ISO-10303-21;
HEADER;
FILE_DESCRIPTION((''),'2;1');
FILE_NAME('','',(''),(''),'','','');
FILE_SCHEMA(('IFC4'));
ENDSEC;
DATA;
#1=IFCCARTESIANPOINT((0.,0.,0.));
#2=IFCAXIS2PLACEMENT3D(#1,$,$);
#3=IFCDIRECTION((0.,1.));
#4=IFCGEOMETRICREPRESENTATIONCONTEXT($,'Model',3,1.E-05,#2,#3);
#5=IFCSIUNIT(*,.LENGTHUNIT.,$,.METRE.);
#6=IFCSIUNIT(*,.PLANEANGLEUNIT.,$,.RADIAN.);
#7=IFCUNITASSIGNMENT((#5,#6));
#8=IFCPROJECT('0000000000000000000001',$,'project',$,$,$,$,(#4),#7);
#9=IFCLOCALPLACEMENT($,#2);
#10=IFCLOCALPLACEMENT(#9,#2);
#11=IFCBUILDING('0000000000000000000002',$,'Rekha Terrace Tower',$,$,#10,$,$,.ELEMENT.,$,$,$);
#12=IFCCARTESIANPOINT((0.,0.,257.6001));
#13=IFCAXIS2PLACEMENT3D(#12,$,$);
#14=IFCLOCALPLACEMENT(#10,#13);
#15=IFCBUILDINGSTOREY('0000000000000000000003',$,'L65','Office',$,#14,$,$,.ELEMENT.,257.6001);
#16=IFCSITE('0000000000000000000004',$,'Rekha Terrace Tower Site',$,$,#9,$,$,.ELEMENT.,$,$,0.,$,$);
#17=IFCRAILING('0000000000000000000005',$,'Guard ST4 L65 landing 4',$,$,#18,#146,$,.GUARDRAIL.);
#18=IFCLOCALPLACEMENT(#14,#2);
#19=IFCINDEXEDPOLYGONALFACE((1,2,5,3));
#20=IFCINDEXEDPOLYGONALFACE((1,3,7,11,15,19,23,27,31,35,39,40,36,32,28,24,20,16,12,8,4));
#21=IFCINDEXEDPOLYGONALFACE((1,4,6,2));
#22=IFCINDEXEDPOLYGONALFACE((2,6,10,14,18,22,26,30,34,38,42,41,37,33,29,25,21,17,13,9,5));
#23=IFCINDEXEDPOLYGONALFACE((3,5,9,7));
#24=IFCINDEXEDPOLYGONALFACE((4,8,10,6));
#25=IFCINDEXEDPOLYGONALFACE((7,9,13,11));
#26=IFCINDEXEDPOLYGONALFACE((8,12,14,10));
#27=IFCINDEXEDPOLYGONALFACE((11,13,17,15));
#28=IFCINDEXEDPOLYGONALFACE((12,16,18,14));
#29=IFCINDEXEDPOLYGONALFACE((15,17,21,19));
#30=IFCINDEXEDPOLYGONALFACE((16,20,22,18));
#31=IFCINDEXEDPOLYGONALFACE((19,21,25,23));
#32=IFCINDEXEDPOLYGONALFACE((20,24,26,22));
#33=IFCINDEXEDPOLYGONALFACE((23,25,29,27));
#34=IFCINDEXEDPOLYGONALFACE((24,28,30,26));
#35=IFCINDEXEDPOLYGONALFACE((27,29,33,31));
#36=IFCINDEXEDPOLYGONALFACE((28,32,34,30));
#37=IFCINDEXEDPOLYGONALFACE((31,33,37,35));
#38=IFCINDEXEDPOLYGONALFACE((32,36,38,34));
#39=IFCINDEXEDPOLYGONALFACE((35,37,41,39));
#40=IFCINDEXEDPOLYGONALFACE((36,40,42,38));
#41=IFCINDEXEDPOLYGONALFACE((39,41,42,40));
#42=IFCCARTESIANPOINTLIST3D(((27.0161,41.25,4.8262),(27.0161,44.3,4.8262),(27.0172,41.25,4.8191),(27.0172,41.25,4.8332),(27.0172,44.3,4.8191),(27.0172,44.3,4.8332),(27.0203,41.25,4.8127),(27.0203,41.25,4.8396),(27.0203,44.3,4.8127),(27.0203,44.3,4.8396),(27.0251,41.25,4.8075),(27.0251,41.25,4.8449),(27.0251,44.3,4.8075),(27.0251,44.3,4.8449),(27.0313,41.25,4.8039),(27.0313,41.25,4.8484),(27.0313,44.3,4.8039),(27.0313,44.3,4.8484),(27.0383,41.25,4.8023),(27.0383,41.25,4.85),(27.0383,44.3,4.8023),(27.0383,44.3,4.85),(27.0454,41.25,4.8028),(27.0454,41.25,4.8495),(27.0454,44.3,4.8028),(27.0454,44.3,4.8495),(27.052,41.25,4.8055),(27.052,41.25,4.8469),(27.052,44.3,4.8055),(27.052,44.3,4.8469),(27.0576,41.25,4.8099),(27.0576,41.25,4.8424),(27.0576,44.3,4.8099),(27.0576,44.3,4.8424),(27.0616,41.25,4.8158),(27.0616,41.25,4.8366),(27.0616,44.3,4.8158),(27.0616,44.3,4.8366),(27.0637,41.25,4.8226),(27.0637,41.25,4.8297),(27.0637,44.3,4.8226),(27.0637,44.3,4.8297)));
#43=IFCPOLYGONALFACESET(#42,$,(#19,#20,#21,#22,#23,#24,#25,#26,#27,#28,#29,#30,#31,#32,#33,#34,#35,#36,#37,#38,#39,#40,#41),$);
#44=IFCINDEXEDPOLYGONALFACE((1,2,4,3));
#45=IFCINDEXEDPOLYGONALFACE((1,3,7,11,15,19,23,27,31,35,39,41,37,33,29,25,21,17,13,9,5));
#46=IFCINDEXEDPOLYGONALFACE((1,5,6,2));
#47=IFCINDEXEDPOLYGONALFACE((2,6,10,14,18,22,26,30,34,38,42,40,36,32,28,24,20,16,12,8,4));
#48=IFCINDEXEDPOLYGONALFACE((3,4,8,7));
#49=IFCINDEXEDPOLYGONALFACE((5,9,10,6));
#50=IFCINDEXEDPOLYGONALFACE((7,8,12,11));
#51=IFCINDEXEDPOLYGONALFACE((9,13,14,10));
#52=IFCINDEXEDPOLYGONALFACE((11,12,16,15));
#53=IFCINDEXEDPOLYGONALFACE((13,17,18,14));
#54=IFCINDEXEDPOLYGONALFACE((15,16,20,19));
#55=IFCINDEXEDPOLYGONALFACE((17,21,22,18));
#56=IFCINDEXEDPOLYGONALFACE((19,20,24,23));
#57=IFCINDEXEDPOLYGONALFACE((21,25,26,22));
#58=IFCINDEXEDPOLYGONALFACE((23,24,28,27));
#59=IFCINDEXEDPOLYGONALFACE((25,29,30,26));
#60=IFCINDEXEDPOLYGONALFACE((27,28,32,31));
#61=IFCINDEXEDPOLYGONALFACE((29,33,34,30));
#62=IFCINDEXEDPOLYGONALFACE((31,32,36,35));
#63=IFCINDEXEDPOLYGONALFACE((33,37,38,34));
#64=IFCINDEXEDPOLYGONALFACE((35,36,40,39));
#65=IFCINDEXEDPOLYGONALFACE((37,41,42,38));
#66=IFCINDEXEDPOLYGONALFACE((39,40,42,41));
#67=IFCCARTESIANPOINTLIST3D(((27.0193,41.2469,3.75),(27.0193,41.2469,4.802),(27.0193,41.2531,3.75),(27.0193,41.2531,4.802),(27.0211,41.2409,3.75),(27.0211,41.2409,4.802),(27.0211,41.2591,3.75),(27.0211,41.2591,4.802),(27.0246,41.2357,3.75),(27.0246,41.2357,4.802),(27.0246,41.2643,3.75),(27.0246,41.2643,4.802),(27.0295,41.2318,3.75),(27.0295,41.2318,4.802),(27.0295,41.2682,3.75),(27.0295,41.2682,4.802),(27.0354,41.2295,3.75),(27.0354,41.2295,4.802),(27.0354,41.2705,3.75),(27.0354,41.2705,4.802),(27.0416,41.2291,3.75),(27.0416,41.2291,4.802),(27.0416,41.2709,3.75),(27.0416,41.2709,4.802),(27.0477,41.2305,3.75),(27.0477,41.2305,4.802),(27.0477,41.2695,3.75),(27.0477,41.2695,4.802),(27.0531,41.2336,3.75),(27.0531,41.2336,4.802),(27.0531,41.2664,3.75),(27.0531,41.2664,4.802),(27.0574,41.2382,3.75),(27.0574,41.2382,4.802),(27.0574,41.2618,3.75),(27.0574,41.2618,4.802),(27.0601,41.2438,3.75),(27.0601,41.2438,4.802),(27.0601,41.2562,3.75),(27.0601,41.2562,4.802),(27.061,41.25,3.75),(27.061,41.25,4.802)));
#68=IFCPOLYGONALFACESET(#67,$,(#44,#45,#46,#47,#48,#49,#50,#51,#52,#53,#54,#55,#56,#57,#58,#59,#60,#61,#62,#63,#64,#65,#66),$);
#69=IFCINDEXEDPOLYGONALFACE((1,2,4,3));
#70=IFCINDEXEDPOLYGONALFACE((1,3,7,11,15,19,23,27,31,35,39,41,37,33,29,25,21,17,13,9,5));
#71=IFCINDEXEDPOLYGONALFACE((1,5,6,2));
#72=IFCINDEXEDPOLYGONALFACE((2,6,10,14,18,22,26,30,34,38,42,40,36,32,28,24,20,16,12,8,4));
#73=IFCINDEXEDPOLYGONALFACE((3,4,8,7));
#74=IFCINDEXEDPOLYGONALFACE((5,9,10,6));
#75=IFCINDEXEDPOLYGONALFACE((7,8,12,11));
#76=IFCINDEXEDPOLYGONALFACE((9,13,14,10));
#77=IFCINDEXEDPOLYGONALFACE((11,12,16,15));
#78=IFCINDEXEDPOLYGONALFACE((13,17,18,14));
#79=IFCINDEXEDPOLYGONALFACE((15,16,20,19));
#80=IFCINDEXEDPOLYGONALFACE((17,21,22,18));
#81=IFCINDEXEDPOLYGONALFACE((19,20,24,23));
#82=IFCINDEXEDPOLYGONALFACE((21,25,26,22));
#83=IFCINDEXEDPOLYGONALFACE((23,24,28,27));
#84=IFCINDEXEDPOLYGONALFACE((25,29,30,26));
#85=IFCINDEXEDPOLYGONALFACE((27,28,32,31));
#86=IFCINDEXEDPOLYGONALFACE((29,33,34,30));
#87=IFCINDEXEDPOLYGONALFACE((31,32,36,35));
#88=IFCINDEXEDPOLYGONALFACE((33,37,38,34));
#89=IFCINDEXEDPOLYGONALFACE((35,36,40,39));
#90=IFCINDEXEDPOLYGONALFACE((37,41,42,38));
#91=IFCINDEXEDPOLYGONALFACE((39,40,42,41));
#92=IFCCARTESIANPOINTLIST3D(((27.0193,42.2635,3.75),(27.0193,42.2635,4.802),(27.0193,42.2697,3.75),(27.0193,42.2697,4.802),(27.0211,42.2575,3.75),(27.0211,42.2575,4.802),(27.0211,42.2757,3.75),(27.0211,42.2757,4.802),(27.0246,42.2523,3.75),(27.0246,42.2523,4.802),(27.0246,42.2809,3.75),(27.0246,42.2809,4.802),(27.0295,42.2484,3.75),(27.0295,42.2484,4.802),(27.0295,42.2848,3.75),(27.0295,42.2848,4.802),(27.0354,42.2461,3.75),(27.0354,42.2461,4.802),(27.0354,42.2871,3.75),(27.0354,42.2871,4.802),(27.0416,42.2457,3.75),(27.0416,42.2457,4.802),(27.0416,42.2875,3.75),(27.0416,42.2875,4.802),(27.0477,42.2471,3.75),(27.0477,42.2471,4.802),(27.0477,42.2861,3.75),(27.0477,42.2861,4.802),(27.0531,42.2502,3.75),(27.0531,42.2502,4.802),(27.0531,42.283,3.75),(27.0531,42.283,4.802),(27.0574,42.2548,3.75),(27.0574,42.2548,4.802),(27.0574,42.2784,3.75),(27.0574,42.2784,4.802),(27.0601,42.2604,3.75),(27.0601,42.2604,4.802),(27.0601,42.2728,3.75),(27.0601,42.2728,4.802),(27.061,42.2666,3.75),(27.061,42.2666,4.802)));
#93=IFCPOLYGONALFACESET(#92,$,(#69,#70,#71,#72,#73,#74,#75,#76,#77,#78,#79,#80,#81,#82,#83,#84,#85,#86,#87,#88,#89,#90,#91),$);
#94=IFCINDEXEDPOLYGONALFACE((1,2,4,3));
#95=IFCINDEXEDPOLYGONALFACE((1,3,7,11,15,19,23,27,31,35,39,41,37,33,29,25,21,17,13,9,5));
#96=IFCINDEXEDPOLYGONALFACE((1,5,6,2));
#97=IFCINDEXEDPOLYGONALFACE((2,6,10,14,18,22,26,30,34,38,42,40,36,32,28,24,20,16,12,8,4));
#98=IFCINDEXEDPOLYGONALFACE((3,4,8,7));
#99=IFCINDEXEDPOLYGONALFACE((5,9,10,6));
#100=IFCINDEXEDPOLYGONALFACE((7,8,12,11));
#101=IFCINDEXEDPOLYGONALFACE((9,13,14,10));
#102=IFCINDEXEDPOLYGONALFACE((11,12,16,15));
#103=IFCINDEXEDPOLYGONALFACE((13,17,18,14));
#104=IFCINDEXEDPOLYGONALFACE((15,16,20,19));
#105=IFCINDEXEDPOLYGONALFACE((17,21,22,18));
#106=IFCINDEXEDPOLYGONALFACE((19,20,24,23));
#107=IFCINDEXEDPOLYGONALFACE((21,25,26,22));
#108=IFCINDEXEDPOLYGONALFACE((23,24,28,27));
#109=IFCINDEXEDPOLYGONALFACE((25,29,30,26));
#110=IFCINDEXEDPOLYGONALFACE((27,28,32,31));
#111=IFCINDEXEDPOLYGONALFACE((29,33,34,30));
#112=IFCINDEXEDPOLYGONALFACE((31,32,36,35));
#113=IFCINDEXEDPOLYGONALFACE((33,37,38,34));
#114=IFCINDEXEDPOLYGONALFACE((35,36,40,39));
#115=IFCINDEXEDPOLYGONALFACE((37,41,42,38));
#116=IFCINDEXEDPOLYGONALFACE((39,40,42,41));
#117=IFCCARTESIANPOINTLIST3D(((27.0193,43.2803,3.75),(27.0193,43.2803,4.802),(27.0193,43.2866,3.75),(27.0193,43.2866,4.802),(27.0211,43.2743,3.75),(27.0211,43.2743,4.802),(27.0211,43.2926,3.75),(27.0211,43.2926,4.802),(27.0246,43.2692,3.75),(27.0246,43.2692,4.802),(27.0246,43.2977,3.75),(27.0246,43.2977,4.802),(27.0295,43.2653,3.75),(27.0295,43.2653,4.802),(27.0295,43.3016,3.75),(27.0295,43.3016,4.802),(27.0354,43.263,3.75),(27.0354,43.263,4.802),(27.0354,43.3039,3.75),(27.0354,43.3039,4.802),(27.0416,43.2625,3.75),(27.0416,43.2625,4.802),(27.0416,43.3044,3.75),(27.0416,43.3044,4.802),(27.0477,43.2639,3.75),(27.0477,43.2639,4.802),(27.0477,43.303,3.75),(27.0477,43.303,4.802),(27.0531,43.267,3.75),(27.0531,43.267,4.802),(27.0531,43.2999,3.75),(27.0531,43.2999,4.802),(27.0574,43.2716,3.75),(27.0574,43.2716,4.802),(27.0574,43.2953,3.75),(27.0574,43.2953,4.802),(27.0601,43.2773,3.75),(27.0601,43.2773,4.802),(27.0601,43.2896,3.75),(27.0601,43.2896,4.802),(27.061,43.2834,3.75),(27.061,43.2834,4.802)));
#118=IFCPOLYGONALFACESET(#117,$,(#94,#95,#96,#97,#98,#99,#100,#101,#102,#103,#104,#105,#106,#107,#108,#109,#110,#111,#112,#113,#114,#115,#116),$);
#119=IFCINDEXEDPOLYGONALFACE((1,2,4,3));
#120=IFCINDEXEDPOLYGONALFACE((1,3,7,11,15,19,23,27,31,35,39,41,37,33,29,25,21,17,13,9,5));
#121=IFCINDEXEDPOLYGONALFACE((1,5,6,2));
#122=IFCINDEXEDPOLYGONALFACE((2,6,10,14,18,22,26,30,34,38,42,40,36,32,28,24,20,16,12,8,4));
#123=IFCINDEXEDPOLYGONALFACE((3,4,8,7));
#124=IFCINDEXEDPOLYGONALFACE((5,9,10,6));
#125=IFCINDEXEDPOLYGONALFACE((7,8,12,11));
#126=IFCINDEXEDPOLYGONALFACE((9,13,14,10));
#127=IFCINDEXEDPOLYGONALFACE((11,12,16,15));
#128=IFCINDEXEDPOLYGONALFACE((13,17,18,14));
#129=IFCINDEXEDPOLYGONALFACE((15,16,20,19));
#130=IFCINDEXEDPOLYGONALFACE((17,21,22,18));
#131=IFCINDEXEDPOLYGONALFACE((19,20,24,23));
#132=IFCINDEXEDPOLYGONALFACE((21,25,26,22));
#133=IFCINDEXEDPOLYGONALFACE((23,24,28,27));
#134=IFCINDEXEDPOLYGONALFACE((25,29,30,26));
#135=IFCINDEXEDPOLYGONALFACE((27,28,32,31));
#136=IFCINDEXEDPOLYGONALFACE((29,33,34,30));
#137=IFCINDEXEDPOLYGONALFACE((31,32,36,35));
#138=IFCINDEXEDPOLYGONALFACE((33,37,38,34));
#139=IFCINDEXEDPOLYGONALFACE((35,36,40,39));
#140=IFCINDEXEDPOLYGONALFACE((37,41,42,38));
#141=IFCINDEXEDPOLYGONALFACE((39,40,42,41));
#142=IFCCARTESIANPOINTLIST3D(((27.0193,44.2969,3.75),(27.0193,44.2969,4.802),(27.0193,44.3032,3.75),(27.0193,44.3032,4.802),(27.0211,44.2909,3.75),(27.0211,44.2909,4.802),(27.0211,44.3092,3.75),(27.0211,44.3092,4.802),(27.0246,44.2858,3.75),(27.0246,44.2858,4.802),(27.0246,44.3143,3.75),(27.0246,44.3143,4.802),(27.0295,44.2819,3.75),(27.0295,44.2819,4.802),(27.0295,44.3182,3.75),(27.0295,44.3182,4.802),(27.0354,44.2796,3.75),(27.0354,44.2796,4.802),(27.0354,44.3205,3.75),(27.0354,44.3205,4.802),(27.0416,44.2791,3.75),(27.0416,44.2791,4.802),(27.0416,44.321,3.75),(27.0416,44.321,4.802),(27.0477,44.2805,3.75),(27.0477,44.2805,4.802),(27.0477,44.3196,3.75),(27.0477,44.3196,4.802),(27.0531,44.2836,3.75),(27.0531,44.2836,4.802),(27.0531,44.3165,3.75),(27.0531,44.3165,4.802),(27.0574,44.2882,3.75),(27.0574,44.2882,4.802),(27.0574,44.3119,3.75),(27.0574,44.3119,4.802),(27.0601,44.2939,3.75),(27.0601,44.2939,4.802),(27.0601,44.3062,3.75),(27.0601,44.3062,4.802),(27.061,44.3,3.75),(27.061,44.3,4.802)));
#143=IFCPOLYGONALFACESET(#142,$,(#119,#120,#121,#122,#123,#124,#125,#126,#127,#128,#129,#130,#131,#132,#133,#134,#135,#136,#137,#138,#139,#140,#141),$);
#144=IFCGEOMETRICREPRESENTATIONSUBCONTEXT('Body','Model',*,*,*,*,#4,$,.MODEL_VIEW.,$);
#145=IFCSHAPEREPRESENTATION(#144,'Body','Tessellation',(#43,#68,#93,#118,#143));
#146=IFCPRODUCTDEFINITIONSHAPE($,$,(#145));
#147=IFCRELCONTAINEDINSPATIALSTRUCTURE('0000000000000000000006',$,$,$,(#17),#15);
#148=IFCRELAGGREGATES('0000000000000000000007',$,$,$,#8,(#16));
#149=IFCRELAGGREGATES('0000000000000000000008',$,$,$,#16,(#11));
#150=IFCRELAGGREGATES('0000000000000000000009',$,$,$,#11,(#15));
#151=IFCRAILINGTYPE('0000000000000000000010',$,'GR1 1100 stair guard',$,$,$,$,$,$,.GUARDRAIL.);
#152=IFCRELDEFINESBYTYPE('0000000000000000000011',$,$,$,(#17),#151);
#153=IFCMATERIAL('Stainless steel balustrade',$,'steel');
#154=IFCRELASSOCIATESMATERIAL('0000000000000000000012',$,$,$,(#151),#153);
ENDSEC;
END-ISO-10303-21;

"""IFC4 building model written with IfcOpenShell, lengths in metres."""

from ifc_helpers import new_model, si_unit, direction, frame, origin, origin_2d, place, context, subcontext, project, spatial, circle, extrude, material, type_object, element, save


model = new_model("IFC4")

# Units and contexts
model_context = context("Model", 3, precision=1e-05, world=origin(), true_north=direction((0.0, 1.0)))
body_context = subcontext(model_context, "Body", "Model", "MODEL_VIEW")
ifc_project = project(units=[si_unit("LENGTHUNIT", "METRE"), si_unit("PLANEANGLEUNIT", "RADIAN")], contexts=[model_context])

# Site, building, storey
site_placement = place(None, origin())
site = spatial("IfcSite", under=ifc_project, at=site_placement, Name="Rekha Terrace Tower Site", CompositionType="ELEMENT", RefElevation=0.0)
building_placement = place(site_placement, origin())
building = spatial("IfcBuilding", under=site, at=building_placement, Name="Rekha Terrace Tower", CompositionType="ELEMENT")
storey_placement = place(building_placement, frame((0.0, 0.0, 257.6001)))
storey = spatial("IfcBuildingStorey", under=building, at=storey_placement, Name="L65", Description="Office", CompositionType="ELEMENT", Elevation=257.6001)

# Railing
ifc_material_1 = material(Name="Stainless steel balustrade", Category="steel")
railing_type_1 = type_object("IfcRailingType", Name="GR1 1100 stair guard", PredefinedType="GUARDRAIL", material=ifc_material_1)
railing_1_placement = place(storey_placement, frame((27.04, 41.25, 3.75)))
element("IfcRailing", 1, at=railing_1_placement, inside=storey, type_object=railing_type_1, Name="Guard ST4 L65 landing 4", PredefinedType="GUARDRAIL", context=body_context, shape_type="SweptSolid", body=[
    extrude(circle(Radius=0.0239, at=origin_2d()), frame((0.0, 0.0, 1.0762), z_axis=(0.0, 1.0, 0.0), x_axis=(-1.0, 0.0, 0.0)), (0.0, 0.0, 1.0), 3.05),
    extrude(circle(Radius=0.021, at=origin_2d()), origin(), (0.0, 0.0, 1.0), 1.052),
    extrude(circle(Radius=0.021, at=origin_2d()), frame((0.0, 1.0166, 0.0)), (0.0, 0.0, 1.0), 1.052),
    extrude(circle(Radius=0.021, at=origin_2d()), frame((0.0, 2.0334, 0.0)), (0.0, 0.0, 1.0), 1.052),
    extrude(circle(Radius=0.021, at=origin_2d()), frame((0.0, 3.05, 0.0)), (0.0, 0.0, 1.0), 1.052),
])

save(model, "model.ifc")
